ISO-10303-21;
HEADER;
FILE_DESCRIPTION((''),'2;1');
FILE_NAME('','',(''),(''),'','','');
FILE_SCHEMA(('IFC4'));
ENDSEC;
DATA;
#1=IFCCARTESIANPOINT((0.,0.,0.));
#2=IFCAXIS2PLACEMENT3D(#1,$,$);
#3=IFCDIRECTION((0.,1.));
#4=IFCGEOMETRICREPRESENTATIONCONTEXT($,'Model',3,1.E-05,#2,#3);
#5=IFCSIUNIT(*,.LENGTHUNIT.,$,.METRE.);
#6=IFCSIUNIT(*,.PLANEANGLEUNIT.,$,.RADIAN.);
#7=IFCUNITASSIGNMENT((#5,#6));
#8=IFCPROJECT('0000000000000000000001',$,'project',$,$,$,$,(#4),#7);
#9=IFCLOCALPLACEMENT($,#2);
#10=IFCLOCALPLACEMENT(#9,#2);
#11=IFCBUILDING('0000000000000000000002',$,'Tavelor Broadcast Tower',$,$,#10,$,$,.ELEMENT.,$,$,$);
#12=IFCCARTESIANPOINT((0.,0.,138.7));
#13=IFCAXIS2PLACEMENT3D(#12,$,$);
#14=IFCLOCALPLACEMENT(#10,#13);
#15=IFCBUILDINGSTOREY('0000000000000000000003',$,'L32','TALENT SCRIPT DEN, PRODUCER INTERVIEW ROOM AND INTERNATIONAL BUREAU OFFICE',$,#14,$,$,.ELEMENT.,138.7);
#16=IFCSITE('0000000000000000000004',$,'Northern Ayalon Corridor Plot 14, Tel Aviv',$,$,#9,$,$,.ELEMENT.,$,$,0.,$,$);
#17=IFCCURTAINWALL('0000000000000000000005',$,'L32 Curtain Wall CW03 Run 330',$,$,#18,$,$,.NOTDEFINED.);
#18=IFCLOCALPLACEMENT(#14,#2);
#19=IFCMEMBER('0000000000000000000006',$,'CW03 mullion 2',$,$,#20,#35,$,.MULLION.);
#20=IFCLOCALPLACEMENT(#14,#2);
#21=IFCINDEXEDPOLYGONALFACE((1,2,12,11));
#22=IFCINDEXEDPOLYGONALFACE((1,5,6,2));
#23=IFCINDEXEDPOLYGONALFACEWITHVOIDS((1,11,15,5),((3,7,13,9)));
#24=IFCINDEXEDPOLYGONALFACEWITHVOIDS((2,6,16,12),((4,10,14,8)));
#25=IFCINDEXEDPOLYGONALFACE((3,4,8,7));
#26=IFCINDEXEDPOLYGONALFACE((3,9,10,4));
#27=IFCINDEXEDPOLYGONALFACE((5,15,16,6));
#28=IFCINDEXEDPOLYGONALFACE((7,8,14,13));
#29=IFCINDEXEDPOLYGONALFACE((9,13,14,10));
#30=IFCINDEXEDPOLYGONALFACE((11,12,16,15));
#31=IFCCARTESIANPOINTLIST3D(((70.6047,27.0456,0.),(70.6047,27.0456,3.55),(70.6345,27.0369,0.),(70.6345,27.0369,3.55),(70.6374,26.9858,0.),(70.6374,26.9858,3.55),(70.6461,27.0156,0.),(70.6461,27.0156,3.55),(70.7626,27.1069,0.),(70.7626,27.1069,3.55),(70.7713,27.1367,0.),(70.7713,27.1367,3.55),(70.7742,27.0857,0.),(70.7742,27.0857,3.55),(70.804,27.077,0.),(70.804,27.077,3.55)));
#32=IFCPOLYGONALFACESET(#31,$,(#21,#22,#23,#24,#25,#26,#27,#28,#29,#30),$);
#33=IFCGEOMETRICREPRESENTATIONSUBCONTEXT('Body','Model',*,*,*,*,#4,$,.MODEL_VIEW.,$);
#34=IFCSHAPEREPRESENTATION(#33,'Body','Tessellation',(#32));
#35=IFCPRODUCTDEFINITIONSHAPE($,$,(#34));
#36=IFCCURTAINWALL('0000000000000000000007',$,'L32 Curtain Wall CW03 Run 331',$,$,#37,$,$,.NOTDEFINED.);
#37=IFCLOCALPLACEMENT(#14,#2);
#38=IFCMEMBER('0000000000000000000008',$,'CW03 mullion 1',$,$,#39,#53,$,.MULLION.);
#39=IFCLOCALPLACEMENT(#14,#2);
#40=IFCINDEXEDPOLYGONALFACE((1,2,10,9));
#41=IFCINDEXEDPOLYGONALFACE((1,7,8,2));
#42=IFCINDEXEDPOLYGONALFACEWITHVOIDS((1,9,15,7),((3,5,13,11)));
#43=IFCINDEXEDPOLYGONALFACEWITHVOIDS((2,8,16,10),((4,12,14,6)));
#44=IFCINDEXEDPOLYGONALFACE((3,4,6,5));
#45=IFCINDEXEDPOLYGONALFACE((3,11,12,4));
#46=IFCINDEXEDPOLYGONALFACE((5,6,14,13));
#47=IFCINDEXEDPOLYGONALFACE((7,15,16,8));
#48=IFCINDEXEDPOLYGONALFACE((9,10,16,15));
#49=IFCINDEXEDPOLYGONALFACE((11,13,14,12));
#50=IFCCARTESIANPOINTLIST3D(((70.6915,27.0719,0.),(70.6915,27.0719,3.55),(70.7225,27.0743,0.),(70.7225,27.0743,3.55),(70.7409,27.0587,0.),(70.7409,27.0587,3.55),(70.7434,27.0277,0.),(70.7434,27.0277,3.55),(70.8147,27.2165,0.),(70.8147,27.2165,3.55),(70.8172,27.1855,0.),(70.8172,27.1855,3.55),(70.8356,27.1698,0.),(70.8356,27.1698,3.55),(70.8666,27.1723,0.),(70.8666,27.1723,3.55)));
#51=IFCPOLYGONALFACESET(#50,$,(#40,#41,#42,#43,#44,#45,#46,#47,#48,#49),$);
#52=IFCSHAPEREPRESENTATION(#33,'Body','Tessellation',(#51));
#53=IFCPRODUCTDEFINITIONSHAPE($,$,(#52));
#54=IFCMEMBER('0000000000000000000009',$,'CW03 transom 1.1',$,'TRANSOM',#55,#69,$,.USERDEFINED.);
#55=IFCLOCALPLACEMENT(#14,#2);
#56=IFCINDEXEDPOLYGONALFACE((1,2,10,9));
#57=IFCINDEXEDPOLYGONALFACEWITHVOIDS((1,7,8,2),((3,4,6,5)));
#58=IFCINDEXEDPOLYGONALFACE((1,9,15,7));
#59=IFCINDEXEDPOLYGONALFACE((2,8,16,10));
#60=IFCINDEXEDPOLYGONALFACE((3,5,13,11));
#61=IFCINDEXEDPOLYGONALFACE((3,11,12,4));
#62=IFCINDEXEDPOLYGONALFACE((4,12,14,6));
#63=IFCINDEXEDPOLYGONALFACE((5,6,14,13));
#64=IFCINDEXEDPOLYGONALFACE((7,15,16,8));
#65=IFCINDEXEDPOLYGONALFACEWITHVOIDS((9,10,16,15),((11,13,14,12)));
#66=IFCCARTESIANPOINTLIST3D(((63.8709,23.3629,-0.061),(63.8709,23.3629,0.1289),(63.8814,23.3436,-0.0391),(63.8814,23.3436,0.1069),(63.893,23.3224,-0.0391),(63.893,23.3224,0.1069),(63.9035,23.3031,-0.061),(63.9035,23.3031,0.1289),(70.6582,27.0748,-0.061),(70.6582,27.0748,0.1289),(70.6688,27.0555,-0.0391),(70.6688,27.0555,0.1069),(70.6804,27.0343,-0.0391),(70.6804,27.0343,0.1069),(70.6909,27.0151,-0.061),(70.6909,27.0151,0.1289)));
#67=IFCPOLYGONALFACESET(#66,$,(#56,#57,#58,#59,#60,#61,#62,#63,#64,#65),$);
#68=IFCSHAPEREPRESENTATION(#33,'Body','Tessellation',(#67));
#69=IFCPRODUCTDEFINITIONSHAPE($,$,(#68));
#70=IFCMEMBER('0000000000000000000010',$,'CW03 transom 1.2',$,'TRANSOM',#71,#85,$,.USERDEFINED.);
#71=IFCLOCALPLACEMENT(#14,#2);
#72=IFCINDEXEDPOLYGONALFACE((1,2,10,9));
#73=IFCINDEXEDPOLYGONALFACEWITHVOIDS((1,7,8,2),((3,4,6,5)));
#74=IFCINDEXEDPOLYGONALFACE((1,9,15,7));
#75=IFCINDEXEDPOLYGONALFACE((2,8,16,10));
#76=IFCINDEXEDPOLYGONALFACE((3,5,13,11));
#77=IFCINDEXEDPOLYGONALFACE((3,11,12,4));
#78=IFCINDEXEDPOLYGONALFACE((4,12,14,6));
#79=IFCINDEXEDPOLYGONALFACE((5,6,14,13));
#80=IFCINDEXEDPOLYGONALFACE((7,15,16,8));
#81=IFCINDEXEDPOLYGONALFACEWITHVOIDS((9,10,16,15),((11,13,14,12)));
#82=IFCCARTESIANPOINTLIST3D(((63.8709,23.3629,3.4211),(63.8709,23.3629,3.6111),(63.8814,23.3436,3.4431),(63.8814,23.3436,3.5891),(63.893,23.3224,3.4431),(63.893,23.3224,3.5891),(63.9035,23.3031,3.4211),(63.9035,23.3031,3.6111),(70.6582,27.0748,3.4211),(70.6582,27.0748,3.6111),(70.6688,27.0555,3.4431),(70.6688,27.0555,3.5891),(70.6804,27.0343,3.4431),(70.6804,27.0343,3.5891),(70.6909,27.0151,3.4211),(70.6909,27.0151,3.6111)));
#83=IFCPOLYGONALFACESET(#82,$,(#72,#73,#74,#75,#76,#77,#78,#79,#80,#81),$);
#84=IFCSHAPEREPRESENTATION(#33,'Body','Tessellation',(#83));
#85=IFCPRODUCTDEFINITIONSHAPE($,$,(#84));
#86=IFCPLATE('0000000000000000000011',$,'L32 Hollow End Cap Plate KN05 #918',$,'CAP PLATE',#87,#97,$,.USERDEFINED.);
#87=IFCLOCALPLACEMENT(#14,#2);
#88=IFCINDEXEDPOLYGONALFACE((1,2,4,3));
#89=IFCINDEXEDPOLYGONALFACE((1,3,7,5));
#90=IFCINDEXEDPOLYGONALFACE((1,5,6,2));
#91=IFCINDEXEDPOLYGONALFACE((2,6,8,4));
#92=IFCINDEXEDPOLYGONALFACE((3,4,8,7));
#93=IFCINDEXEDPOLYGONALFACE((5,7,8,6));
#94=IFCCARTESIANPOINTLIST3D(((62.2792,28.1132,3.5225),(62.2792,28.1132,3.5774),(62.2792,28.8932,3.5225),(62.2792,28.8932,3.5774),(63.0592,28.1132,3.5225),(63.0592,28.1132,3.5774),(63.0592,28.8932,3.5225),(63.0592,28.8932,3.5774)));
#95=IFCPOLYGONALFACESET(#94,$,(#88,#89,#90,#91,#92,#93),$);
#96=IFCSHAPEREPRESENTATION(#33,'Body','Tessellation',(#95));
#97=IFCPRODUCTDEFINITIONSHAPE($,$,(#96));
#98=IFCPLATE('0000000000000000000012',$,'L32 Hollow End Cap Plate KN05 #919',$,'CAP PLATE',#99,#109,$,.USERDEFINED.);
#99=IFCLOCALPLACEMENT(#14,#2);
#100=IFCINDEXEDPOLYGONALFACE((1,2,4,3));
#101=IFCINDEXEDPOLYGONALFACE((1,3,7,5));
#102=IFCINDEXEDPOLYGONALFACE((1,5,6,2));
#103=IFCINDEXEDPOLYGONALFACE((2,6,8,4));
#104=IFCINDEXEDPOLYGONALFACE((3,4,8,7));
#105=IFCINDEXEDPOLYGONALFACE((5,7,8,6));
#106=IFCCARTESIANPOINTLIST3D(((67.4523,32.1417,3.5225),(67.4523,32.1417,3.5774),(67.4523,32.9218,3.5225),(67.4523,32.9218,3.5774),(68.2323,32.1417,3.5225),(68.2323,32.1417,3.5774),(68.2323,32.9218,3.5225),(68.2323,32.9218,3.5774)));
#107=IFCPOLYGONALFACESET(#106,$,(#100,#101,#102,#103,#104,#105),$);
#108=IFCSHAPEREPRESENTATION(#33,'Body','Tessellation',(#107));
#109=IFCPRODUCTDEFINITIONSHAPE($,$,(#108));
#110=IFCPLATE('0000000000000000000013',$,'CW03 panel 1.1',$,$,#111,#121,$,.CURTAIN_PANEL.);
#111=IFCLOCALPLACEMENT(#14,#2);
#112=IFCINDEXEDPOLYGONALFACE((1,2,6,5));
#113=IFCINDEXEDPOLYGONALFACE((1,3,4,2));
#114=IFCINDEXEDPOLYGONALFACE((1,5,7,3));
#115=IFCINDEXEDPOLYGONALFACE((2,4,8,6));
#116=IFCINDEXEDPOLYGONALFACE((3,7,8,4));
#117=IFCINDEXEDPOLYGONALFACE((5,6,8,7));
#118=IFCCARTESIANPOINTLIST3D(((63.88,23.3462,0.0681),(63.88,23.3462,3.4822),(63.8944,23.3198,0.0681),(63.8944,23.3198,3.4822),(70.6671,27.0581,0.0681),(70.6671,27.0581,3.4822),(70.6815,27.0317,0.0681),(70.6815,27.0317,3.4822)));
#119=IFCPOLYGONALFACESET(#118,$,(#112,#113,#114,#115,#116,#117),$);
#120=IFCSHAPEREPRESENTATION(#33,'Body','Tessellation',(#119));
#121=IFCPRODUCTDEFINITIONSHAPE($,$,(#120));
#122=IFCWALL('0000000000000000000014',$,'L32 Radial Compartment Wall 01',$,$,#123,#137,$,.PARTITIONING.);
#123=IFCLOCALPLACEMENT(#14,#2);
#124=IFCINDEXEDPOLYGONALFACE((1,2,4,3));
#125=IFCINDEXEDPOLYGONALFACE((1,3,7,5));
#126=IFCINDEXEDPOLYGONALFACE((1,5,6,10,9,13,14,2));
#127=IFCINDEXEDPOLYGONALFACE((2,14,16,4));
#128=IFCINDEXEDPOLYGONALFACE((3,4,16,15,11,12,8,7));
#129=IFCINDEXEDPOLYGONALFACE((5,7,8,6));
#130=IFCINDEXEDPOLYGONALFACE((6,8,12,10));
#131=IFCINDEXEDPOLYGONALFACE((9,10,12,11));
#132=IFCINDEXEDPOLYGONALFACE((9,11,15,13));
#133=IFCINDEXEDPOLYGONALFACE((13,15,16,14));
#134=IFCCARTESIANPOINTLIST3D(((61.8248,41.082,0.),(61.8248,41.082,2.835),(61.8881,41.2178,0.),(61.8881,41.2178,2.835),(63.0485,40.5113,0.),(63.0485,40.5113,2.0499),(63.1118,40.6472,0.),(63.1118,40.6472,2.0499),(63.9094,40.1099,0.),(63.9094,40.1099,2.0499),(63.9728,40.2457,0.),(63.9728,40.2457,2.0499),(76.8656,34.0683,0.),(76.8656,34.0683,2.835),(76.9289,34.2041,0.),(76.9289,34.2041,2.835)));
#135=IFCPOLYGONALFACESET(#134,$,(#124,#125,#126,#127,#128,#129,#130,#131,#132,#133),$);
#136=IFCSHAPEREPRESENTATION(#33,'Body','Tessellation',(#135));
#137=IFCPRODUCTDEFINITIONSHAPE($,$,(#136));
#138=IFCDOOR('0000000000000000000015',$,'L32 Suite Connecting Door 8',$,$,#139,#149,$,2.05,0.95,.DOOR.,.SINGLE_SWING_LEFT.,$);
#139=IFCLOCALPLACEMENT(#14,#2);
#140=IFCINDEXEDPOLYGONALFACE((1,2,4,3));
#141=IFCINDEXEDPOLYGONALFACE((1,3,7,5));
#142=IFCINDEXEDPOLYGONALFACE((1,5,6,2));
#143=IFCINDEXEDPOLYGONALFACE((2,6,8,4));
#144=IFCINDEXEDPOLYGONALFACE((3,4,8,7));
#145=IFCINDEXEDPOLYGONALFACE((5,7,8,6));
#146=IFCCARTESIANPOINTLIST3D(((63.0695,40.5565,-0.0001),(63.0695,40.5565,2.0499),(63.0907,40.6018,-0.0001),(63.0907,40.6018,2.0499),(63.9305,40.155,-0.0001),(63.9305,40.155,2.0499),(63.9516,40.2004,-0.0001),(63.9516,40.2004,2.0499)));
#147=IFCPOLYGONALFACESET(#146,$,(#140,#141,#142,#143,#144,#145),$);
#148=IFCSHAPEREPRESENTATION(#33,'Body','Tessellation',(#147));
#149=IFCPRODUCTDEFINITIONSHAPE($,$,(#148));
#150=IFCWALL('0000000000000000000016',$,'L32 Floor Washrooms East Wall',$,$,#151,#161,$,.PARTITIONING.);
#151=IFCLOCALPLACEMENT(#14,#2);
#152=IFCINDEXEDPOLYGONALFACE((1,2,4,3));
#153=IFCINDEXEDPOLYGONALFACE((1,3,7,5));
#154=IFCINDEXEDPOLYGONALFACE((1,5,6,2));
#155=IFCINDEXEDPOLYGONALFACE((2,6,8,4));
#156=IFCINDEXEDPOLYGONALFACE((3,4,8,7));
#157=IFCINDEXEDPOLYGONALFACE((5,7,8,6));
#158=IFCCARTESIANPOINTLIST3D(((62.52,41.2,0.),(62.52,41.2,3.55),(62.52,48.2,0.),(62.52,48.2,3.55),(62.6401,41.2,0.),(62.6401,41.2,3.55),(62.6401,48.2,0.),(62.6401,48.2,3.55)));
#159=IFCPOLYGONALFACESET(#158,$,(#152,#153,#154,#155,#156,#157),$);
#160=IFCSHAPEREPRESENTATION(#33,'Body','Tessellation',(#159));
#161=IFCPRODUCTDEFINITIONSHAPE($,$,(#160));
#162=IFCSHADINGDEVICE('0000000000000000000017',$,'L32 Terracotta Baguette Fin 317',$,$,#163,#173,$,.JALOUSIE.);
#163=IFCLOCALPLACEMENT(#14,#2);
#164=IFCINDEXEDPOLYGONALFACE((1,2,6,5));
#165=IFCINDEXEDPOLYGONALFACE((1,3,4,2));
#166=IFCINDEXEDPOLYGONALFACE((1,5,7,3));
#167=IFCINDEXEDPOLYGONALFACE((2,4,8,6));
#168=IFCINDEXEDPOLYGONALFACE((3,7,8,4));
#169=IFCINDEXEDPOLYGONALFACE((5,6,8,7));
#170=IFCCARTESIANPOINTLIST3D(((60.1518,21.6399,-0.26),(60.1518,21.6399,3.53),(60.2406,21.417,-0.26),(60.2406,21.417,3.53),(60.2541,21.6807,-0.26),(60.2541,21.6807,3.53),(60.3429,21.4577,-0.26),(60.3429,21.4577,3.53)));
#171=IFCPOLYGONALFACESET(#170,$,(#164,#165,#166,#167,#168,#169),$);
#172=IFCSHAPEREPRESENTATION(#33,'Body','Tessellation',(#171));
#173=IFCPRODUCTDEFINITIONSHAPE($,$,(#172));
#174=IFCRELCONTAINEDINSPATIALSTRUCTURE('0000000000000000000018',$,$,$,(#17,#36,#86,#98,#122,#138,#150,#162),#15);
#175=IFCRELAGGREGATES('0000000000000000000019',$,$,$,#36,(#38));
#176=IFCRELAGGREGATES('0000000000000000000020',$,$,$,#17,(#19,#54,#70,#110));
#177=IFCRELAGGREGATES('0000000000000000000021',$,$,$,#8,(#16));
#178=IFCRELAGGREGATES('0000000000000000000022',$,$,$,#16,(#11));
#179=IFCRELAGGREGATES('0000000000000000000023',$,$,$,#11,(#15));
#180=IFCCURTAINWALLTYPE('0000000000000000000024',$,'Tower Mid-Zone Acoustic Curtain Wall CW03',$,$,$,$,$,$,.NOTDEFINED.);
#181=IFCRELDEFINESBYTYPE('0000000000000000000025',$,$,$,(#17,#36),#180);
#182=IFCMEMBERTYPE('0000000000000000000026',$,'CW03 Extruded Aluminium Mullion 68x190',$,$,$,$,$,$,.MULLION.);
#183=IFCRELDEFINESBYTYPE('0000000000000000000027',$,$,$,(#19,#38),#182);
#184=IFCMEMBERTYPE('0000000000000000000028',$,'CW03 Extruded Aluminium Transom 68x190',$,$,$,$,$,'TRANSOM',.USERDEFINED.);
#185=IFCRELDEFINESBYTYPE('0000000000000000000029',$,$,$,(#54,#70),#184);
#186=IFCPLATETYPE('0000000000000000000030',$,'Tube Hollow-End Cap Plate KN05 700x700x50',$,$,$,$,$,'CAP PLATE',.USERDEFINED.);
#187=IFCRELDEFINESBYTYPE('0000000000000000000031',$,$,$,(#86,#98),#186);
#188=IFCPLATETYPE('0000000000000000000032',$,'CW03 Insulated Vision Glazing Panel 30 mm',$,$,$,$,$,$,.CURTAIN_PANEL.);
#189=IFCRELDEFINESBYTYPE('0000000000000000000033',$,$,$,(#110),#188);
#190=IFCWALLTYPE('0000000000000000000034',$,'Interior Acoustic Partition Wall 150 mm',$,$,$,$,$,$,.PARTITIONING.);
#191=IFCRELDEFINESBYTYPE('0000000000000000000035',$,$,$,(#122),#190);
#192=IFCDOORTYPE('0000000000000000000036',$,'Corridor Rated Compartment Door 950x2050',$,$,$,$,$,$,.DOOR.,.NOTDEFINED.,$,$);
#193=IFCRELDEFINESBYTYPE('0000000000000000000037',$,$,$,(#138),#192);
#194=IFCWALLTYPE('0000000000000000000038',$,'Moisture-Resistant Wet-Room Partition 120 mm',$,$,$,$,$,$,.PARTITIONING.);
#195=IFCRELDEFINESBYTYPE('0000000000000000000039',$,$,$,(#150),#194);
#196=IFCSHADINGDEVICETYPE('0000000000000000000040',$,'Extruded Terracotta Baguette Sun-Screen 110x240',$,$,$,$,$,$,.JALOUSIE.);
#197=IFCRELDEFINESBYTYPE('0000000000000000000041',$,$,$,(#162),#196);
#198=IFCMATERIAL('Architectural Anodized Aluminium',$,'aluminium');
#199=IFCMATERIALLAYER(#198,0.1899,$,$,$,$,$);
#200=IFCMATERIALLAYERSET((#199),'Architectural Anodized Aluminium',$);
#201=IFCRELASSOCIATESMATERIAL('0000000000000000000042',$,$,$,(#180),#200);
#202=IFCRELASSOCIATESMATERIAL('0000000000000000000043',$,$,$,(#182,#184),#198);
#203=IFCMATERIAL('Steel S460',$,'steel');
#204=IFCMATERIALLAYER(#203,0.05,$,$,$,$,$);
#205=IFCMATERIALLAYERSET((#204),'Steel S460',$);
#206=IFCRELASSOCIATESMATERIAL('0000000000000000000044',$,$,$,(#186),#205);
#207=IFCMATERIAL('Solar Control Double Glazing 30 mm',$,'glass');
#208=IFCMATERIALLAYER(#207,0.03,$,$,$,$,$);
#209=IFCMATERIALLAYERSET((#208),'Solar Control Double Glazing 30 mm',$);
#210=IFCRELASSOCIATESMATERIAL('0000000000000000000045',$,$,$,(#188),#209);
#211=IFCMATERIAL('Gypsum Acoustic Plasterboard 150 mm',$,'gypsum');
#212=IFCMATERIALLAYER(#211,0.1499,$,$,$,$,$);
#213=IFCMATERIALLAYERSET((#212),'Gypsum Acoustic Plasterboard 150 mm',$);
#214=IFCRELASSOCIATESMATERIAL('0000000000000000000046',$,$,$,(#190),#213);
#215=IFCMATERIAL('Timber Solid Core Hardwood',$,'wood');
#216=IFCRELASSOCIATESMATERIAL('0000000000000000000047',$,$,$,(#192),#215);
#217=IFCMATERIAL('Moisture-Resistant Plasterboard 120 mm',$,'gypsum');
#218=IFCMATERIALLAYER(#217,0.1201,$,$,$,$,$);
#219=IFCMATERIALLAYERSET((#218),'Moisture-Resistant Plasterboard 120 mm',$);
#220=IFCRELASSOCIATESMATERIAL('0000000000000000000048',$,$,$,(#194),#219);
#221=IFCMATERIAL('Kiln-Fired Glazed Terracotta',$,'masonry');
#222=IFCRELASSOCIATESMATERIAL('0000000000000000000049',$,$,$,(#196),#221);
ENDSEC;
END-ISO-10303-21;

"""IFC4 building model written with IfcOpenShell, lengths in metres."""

from ifc_helpers import new_model, si_unit, direction, frame, frame_2d, origin, origin_2d, place, context, subcontext, project, spatial, rectangle, hollow_rectangle, extrude, source, transform, mapped, material, layer, layer_set, material_profile, profile_set, type_object, type_shapes, element, fill, aggregate, save


model = new_model("IFC4")

# Units and contexts
model_context = context("Model", 3, precision=1e-05, world=origin(), true_north=direction((0.0, 1.0)))
body_context = subcontext(model_context, "Body", "Model", "MODEL_VIEW")
ifc_project = project(units=[si_unit("LENGTHUNIT", "METRE"), si_unit("PLANEANGLEUNIT", "RADIAN")], contexts=[model_context])

# Site, building, storey
site_placement = place(None, origin())
site = spatial("IfcSite", under=ifc_project, at=site_placement, Name="Northern Ayalon Corridor Plot 14, Tel Aviv", CompositionType="ELEMENT", RefElevation=0.0)
building_placement = place(site_placement, origin())
building = spatial("IfcBuilding", under=site, at=building_placement, Name="Tavelor Broadcast Tower", CompositionType="ELEMENT")
storey_placement = place(building_placement, frame((0.0, 0.0, 138.7)))
storey = spatial("IfcBuildingStorey", under=building, at=storey_placement, Name="L32", Description="TALENT SCRIPT DEN, PRODUCER INTERVIEW ROOM AND INTERNATIONAL BUREAU OFFICE", CompositionType="ELEMENT", Elevation=138.7)

# Shared definitions
ifc_material_1 = material(Name="Steel S460", Category="steel")

# Shared definitions
ifc_material_2 = material(Name="Architectural Anodized Aluminium", Category="aluminium")
ifc_layer_1 = layer(ifc_material_2, 0.1899)
ifc_layer_set_1 = layer_set([ifc_layer_1], Name="Architectural Anodized Aluminium")
curtain_wall_type = type_object("IfcCurtainWallType", Name="Tower Mid-Zone Acoustic Curtain Wall CW03", PredefinedType="NOTDEFINED", material=ifc_layer_set_1)
ifc_material_profile_1 = material_profile(ifc_material_2, hollow_rectangle(XDim=0.0681, YDim=0.1899, WallThickness=0.022, at=origin_2d()), Name="RHS 68x190x22")
ifc_profile_set_1 = profile_set([ifc_material_profile_1], Name="Architectural Anodized Aluminium")
member_type_1 = type_object("IfcMemberType", Name="CW03 Extruded Aluminium Mullion 68x190", PredefinedType="MULLION", material=ifc_profile_set_1)
shared_shape_1 = source(origin(), body_context, "Body", "SweptSolid", [
    extrude(hollow_rectangle(XDim=0.0681, YDim=0.1899, WallThickness=0.022, at=origin_2d()), origin(), (0.0, 0.0, 1.0), 3.55),
])
type_shapes(member_type_1, [shared_shape_1])

# Curtain wall, member
curtain_wall_1_placement = place(storey_placement, origin())
curtain_wall_1 = element("IfcCurtainWall", 1, at=curtain_wall_1_placement, inside=storey, type_object=curtain_wall_type, Name="L32 Curtain Wall CW03 Run 330", PredefinedType="NOTDEFINED")
member_1_placement = place(storey_placement, frame((70.7043, 27.0613, 0.0), z_axis=(0.0, 0.0, 1.0), x_axis=(-0.479833, 0.87736, 0.0)))
member_1 = element("IfcMember", 2, at=member_1_placement, type_object=member_type_1, Name="CW03 mullion 2", PredefinedType="MULLION", context=body_context, shape_type="MappedRepresentation", body=[
    mapped(shared_shape_1, transform((0.0, 0.0, 0.0), scale=1.0)),
])

# Curtain wall, member
curtain_wall_2_placement = place(storey_placement, origin())
curtain_wall_2 = element("IfcCurtainWall", 3, at=curtain_wall_2_placement, inside=storey, type_object=curtain_wall_type, Name="L32 Curtain Wall CW03 Run 331", PredefinedType="NOTDEFINED")
member_2_placement = place(storey_placement, frame((70.7791, 27.1221, 0.0), z_axis=(0.0, 0.0, 1.0), x_axis=(-0.761225, 0.648488, 0.0)))
member_2 = element("IfcMember", 4, at=member_2_placement, type_object=member_type_1, Name="CW03 mullion 1", PredefinedType="MULLION", context=body_context, shape_type="MappedRepresentation", body=[
    mapped(shared_shape_1, transform((0.0, 0.0, 0.0), scale=1.0)),
])
aggregate(curtain_wall_2, [member_2])

# Members
ifc_material_profile_2 = material_profile(ifc_material_2, hollow_rectangle(XDim=0.0681, YDim=0.1899, WallThickness=0.022, at=origin_2d()), Name="RHS 68x190x22")
ifc_profile_set_2 = profile_set([ifc_material_profile_2], Name="Architectural Anodized Aluminium")
member_type_2 = type_object("IfcMemberType", Name="CW03 Extruded Aluminium Transom 68x190", ElementType="TRANSOM", PredefinedType="USERDEFINED", material=ifc_profile_set_2)
shared_shape_2 = source(origin(), body_context, "Body", "SweptSolid", [
    extrude(hollow_rectangle(XDim=0.0681, YDim=0.1899, WallThickness=0.022, at=origin_2d()), origin(), (0.0, 0.0, 1.0), 7.7361),
])
type_shapes(member_type_2, [shared_shape_2])
member_3_placement = place(storey_placement, frame((63.8872, 23.333, 0.0339), z_axis=(0.877367, 0.47982, 0.0), x_axis=(-0.47982, 0.877367, 0.0)))
member_3 = element("IfcMember", 5, at=member_3_placement, type_object=member_type_2, Name="CW03 transom 1.1", ObjectType="TRANSOM", PredefinedType="USERDEFINED", context=body_context, shape_type="MappedRepresentation", body=[
    mapped(shared_shape_2, transform((0.0, 0.0, 0.0), scale=1.0)),
])
member_4_placement = place(storey_placement, frame((63.8872, 23.333, 3.5161), z_axis=(0.877367, 0.47982, 0.0), x_axis=(-0.47982, 0.877367, 0.0)))
member_4 = element("IfcMember", 6, at=member_4_placement, type_object=member_type_2, Name="CW03 transom 1.2", ObjectType="TRANSOM", PredefinedType="USERDEFINED", context=body_context, shape_type="MappedRepresentation", body=[
    mapped(shared_shape_2, transform((0.0, 0.0, 0.0), scale=1.0)),
])

# Plates
ifc_layer_2 = layer(ifc_material_1, 0.05)
ifc_layer_set_2 = layer_set([ifc_layer_2], Name="Steel S460")
plate_type_1 = type_object("IfcPlateType", Name="Tube Hollow-End Cap Plate KN05 700x700x50", ElementType="CAP PLATE", PredefinedType="USERDEFINED", material=ifc_layer_set_2)
shared_shape_3 = source(origin(), body_context, "Body", "SweptSolid", [
    extrude(rectangle(XDim=0.78, YDim=0.78, at=origin_2d()), origin(), (0.0, 0.0, 1.0), 0.0549),
])
type_shapes(plate_type_1, [shared_shape_3])
for number, where, z_axis, x_axis, name in (
    (7, (62.6692, 28.5032, 3.5225), (0.0, 0.0, 1.0), (1.0, 0.0, 0.0), "L32 Hollow End Cap Plate KN05 #918"),
    (8, (67.8423, 32.5317, 3.5225), (0.0, 0.0, 1.0), (1.0, 0.0, 0.0), "L32 Hollow End Cap Plate KN05 #919"),
):
    element("IfcPlate", number, at=place(storey_placement, frame(where, z_axis=z_axis, x_axis=x_axis)), inside=storey, type_object=plate_type_1, Name=name, ObjectType="CAP PLATE", PredefinedType="USERDEFINED", context=body_context, shape_type="MappedRepresentation", body=[
        mapped(shared_shape_3, transform((0.0, 0.0, 0.0), scale=1.0)),
    ])

# Plate
ifc_material_3 = material(Name="Solar Control Double Glazing 30 mm", Category="glass")
ifc_layer_3 = layer(ifc_material_3, 0.03)
ifc_layer_set_3 = layer_set([ifc_layer_3], Name="Solar Control Double Glazing 30 mm")
plate_type_2 = type_object("IfcPlateType", Name="CW03 Insulated Vision Glazing Panel 30 mm", PredefinedType="CURTAIN_PANEL", material=ifc_layer_set_3)
shared_shape_4 = source(origin(), body_context, "Body", "SweptSolid", [
    extrude(rectangle(XDim=7.7358, YDim=0.03, at=origin_2d()), origin(), (0.0, 0.0, 1.0), 3.4141),
])
type_shapes(plate_type_2, [shared_shape_4])
plate_placement = place(storey_placement, frame((67.2808, 25.189, 0.0681), z_axis=(0.0, 0.0, 1.0), x_axis=(0.87736, 0.479833, 0.0)))
plate = element("IfcPlate", 9, at=plate_placement, type_object=plate_type_2, Name="CW03 panel 1.1", PredefinedType="CURTAIN_PANEL", context=body_context, shape_type="MappedRepresentation", body=[
    mapped(shared_shape_4, transform((0.0, 0.0, 0.0), scale=1.0)),
])
aggregate(curtain_wall_1, [member_1, member_3, member_4, plate])

# Wall, opening, door
ifc_material_4 = material(Name="Gypsum Acoustic Plasterboard 150 mm", Category="gypsum")
ifc_layer_4 = layer(ifc_material_4, 0.1499)
ifc_layer_set_4 = layer_set([ifc_layer_4], Name="Gypsum Acoustic Plasterboard 150 mm")
wall_type_1 = type_object("IfcWallType", Name="Interior Acoustic Partition Wall 150 mm", PredefinedType="PARTITIONING", material=ifc_layer_set_4)
wall_1_placement = place(storey_placement, frame((61.8564, 41.1499, 0.0), z_axis=(0.0, 0.0, 1.0), x_axis=(0.906307, -0.42262, 0.0)))
wall_1 = element("IfcWall", 10, at=wall_1_placement, inside=storey, type_object=wall_type_1, Name="L32 Radial Compartment Wall 01", PredefinedType="PARTITIONING", context=body_context, shape_type="SweptSolid", body=[
    extrude(rectangle(XDim=16.5957, YDim=0.1499, at=frame_2d((8.2979, 0.0))), origin(), (0.0, 0.0, 1.0), 2.835),
])
opening_placement = place(wall_1_placement, frame((1.3501, 0.0, 0.0)))
opening = element("IfcOpeningElement", 11, at=opening_placement, cuts=wall_1, PredefinedType="OPENING", context=body_context, shape_type="SweptSolid", body=[
    extrude(rectangle(XDim=0.95, YDim=2.05, at=frame_2d((0.4751, 1.0249))), frame((0.0, 0.085, 0.0), z_axis=(0.0, -1.0, 0.0), x_axis=(1.0, 0.0, 0.0)), (0.0, 0.0, 1.0), 0.1699),
])
ifc_material_5 = material(Name="Timber Solid Core Hardwood", Category="wood")
door_type = type_object("IfcDoorType", Name="Corridor Rated Compartment Door 950x2050", OperationType="NOTDEFINED", PredefinedType="DOOR", material=ifc_material_5)
door_placement = place(opening_placement, origin())
door = element("IfcDoor", 12, at=door_placement, inside=storey, type_object=door_type, Name="L32 Suite Connecting Door 8", OperationType="SINGLE_SWING_LEFT", OverallHeight=2.05, OverallWidth=0.95, PredefinedType="DOOR", context=body_context, shape_type="SweptSolid", body=[
    extrude(rectangle(XDim=0.95, YDim=2.05, at=frame_2d((0.4751, 1.0249))), frame((0.0, 0.0249, 0.0), z_axis=(0.0, -1.0, 0.0), x_axis=(1.0, 0.0, 0.0)), (0.0, 0.0, 1.0), 0.05),
])
fill(opening, door)

# Wall
ifc_material_6 = material(Name="Moisture-Resistant Plasterboard 120 mm", Category="gypsum")
ifc_layer_5 = layer(ifc_material_6, 0.1201)
ifc_layer_set_5 = layer_set([ifc_layer_5], Name="Moisture-Resistant Plasterboard 120 mm")
wall_type_2 = type_object("IfcWallType", Name="Moisture-Resistant Wet-Room Partition 120 mm", PredefinedType="PARTITIONING", material=ifc_layer_set_5)
wall_2_placement = place(storey_placement, frame((62.5801, 41.2, 0.0), z_axis=(0.0, 0.0, 1.0), x_axis=(0.0, 1.0, 0.0)))
element("IfcWall", 13, at=wall_2_placement, inside=storey, type_object=wall_type_2, Name="L32 Floor Washrooms East Wall", PredefinedType="PARTITIONING", context=body_context, shape_type="SweptSolid", body=[
    extrude(rectangle(XDim=7.0, YDim=0.1201, at=frame_2d((3.5, 0.0))), origin(), (0.0, 0.0, 1.0), 3.55),
])

# Shading device
ifc_material_7 = material(Name="Kiln-Fired Glazed Terracotta", Category="masonry")
shading_device_type = type_object("IfcShadingDeviceType", Name="Extruded Terracotta Baguette Sun-Screen 110x240", PredefinedType="JALOUSIE", material=ifc_material_7)
shared_shape_5 = source(origin(), body_context, "Body", "SweptSolid", [
    extrude(rectangle(XDim=0.1101, YDim=0.24, at=origin_2d()), origin(), (0.0, 0.0, 1.0), 3.79),
])
type_shapes(shading_device_type, [shared_shape_5])
for number, where, z_axis, x_axis, name in (
    (14, (60.2473, 21.5488, -0.26), (0.0, 0.0, 1.0), (0.929003, 0.370071, 0.0), "L32 Terracotta Baguette Fin 317"),
):
    element("IfcShadingDevice", number, at=place(storey_placement, frame(where, z_axis=z_axis, x_axis=x_axis)), inside=storey, type_object=shading_device_type, Name=name, PredefinedType="JALOUSIE", context=body_context, shape_type="MappedRepresentation", body=[
        mapped(shared_shape_5, transform((0.0, 0.0, 0.0), scale=1.0)),
    ])

save(model, "model.ifc")
